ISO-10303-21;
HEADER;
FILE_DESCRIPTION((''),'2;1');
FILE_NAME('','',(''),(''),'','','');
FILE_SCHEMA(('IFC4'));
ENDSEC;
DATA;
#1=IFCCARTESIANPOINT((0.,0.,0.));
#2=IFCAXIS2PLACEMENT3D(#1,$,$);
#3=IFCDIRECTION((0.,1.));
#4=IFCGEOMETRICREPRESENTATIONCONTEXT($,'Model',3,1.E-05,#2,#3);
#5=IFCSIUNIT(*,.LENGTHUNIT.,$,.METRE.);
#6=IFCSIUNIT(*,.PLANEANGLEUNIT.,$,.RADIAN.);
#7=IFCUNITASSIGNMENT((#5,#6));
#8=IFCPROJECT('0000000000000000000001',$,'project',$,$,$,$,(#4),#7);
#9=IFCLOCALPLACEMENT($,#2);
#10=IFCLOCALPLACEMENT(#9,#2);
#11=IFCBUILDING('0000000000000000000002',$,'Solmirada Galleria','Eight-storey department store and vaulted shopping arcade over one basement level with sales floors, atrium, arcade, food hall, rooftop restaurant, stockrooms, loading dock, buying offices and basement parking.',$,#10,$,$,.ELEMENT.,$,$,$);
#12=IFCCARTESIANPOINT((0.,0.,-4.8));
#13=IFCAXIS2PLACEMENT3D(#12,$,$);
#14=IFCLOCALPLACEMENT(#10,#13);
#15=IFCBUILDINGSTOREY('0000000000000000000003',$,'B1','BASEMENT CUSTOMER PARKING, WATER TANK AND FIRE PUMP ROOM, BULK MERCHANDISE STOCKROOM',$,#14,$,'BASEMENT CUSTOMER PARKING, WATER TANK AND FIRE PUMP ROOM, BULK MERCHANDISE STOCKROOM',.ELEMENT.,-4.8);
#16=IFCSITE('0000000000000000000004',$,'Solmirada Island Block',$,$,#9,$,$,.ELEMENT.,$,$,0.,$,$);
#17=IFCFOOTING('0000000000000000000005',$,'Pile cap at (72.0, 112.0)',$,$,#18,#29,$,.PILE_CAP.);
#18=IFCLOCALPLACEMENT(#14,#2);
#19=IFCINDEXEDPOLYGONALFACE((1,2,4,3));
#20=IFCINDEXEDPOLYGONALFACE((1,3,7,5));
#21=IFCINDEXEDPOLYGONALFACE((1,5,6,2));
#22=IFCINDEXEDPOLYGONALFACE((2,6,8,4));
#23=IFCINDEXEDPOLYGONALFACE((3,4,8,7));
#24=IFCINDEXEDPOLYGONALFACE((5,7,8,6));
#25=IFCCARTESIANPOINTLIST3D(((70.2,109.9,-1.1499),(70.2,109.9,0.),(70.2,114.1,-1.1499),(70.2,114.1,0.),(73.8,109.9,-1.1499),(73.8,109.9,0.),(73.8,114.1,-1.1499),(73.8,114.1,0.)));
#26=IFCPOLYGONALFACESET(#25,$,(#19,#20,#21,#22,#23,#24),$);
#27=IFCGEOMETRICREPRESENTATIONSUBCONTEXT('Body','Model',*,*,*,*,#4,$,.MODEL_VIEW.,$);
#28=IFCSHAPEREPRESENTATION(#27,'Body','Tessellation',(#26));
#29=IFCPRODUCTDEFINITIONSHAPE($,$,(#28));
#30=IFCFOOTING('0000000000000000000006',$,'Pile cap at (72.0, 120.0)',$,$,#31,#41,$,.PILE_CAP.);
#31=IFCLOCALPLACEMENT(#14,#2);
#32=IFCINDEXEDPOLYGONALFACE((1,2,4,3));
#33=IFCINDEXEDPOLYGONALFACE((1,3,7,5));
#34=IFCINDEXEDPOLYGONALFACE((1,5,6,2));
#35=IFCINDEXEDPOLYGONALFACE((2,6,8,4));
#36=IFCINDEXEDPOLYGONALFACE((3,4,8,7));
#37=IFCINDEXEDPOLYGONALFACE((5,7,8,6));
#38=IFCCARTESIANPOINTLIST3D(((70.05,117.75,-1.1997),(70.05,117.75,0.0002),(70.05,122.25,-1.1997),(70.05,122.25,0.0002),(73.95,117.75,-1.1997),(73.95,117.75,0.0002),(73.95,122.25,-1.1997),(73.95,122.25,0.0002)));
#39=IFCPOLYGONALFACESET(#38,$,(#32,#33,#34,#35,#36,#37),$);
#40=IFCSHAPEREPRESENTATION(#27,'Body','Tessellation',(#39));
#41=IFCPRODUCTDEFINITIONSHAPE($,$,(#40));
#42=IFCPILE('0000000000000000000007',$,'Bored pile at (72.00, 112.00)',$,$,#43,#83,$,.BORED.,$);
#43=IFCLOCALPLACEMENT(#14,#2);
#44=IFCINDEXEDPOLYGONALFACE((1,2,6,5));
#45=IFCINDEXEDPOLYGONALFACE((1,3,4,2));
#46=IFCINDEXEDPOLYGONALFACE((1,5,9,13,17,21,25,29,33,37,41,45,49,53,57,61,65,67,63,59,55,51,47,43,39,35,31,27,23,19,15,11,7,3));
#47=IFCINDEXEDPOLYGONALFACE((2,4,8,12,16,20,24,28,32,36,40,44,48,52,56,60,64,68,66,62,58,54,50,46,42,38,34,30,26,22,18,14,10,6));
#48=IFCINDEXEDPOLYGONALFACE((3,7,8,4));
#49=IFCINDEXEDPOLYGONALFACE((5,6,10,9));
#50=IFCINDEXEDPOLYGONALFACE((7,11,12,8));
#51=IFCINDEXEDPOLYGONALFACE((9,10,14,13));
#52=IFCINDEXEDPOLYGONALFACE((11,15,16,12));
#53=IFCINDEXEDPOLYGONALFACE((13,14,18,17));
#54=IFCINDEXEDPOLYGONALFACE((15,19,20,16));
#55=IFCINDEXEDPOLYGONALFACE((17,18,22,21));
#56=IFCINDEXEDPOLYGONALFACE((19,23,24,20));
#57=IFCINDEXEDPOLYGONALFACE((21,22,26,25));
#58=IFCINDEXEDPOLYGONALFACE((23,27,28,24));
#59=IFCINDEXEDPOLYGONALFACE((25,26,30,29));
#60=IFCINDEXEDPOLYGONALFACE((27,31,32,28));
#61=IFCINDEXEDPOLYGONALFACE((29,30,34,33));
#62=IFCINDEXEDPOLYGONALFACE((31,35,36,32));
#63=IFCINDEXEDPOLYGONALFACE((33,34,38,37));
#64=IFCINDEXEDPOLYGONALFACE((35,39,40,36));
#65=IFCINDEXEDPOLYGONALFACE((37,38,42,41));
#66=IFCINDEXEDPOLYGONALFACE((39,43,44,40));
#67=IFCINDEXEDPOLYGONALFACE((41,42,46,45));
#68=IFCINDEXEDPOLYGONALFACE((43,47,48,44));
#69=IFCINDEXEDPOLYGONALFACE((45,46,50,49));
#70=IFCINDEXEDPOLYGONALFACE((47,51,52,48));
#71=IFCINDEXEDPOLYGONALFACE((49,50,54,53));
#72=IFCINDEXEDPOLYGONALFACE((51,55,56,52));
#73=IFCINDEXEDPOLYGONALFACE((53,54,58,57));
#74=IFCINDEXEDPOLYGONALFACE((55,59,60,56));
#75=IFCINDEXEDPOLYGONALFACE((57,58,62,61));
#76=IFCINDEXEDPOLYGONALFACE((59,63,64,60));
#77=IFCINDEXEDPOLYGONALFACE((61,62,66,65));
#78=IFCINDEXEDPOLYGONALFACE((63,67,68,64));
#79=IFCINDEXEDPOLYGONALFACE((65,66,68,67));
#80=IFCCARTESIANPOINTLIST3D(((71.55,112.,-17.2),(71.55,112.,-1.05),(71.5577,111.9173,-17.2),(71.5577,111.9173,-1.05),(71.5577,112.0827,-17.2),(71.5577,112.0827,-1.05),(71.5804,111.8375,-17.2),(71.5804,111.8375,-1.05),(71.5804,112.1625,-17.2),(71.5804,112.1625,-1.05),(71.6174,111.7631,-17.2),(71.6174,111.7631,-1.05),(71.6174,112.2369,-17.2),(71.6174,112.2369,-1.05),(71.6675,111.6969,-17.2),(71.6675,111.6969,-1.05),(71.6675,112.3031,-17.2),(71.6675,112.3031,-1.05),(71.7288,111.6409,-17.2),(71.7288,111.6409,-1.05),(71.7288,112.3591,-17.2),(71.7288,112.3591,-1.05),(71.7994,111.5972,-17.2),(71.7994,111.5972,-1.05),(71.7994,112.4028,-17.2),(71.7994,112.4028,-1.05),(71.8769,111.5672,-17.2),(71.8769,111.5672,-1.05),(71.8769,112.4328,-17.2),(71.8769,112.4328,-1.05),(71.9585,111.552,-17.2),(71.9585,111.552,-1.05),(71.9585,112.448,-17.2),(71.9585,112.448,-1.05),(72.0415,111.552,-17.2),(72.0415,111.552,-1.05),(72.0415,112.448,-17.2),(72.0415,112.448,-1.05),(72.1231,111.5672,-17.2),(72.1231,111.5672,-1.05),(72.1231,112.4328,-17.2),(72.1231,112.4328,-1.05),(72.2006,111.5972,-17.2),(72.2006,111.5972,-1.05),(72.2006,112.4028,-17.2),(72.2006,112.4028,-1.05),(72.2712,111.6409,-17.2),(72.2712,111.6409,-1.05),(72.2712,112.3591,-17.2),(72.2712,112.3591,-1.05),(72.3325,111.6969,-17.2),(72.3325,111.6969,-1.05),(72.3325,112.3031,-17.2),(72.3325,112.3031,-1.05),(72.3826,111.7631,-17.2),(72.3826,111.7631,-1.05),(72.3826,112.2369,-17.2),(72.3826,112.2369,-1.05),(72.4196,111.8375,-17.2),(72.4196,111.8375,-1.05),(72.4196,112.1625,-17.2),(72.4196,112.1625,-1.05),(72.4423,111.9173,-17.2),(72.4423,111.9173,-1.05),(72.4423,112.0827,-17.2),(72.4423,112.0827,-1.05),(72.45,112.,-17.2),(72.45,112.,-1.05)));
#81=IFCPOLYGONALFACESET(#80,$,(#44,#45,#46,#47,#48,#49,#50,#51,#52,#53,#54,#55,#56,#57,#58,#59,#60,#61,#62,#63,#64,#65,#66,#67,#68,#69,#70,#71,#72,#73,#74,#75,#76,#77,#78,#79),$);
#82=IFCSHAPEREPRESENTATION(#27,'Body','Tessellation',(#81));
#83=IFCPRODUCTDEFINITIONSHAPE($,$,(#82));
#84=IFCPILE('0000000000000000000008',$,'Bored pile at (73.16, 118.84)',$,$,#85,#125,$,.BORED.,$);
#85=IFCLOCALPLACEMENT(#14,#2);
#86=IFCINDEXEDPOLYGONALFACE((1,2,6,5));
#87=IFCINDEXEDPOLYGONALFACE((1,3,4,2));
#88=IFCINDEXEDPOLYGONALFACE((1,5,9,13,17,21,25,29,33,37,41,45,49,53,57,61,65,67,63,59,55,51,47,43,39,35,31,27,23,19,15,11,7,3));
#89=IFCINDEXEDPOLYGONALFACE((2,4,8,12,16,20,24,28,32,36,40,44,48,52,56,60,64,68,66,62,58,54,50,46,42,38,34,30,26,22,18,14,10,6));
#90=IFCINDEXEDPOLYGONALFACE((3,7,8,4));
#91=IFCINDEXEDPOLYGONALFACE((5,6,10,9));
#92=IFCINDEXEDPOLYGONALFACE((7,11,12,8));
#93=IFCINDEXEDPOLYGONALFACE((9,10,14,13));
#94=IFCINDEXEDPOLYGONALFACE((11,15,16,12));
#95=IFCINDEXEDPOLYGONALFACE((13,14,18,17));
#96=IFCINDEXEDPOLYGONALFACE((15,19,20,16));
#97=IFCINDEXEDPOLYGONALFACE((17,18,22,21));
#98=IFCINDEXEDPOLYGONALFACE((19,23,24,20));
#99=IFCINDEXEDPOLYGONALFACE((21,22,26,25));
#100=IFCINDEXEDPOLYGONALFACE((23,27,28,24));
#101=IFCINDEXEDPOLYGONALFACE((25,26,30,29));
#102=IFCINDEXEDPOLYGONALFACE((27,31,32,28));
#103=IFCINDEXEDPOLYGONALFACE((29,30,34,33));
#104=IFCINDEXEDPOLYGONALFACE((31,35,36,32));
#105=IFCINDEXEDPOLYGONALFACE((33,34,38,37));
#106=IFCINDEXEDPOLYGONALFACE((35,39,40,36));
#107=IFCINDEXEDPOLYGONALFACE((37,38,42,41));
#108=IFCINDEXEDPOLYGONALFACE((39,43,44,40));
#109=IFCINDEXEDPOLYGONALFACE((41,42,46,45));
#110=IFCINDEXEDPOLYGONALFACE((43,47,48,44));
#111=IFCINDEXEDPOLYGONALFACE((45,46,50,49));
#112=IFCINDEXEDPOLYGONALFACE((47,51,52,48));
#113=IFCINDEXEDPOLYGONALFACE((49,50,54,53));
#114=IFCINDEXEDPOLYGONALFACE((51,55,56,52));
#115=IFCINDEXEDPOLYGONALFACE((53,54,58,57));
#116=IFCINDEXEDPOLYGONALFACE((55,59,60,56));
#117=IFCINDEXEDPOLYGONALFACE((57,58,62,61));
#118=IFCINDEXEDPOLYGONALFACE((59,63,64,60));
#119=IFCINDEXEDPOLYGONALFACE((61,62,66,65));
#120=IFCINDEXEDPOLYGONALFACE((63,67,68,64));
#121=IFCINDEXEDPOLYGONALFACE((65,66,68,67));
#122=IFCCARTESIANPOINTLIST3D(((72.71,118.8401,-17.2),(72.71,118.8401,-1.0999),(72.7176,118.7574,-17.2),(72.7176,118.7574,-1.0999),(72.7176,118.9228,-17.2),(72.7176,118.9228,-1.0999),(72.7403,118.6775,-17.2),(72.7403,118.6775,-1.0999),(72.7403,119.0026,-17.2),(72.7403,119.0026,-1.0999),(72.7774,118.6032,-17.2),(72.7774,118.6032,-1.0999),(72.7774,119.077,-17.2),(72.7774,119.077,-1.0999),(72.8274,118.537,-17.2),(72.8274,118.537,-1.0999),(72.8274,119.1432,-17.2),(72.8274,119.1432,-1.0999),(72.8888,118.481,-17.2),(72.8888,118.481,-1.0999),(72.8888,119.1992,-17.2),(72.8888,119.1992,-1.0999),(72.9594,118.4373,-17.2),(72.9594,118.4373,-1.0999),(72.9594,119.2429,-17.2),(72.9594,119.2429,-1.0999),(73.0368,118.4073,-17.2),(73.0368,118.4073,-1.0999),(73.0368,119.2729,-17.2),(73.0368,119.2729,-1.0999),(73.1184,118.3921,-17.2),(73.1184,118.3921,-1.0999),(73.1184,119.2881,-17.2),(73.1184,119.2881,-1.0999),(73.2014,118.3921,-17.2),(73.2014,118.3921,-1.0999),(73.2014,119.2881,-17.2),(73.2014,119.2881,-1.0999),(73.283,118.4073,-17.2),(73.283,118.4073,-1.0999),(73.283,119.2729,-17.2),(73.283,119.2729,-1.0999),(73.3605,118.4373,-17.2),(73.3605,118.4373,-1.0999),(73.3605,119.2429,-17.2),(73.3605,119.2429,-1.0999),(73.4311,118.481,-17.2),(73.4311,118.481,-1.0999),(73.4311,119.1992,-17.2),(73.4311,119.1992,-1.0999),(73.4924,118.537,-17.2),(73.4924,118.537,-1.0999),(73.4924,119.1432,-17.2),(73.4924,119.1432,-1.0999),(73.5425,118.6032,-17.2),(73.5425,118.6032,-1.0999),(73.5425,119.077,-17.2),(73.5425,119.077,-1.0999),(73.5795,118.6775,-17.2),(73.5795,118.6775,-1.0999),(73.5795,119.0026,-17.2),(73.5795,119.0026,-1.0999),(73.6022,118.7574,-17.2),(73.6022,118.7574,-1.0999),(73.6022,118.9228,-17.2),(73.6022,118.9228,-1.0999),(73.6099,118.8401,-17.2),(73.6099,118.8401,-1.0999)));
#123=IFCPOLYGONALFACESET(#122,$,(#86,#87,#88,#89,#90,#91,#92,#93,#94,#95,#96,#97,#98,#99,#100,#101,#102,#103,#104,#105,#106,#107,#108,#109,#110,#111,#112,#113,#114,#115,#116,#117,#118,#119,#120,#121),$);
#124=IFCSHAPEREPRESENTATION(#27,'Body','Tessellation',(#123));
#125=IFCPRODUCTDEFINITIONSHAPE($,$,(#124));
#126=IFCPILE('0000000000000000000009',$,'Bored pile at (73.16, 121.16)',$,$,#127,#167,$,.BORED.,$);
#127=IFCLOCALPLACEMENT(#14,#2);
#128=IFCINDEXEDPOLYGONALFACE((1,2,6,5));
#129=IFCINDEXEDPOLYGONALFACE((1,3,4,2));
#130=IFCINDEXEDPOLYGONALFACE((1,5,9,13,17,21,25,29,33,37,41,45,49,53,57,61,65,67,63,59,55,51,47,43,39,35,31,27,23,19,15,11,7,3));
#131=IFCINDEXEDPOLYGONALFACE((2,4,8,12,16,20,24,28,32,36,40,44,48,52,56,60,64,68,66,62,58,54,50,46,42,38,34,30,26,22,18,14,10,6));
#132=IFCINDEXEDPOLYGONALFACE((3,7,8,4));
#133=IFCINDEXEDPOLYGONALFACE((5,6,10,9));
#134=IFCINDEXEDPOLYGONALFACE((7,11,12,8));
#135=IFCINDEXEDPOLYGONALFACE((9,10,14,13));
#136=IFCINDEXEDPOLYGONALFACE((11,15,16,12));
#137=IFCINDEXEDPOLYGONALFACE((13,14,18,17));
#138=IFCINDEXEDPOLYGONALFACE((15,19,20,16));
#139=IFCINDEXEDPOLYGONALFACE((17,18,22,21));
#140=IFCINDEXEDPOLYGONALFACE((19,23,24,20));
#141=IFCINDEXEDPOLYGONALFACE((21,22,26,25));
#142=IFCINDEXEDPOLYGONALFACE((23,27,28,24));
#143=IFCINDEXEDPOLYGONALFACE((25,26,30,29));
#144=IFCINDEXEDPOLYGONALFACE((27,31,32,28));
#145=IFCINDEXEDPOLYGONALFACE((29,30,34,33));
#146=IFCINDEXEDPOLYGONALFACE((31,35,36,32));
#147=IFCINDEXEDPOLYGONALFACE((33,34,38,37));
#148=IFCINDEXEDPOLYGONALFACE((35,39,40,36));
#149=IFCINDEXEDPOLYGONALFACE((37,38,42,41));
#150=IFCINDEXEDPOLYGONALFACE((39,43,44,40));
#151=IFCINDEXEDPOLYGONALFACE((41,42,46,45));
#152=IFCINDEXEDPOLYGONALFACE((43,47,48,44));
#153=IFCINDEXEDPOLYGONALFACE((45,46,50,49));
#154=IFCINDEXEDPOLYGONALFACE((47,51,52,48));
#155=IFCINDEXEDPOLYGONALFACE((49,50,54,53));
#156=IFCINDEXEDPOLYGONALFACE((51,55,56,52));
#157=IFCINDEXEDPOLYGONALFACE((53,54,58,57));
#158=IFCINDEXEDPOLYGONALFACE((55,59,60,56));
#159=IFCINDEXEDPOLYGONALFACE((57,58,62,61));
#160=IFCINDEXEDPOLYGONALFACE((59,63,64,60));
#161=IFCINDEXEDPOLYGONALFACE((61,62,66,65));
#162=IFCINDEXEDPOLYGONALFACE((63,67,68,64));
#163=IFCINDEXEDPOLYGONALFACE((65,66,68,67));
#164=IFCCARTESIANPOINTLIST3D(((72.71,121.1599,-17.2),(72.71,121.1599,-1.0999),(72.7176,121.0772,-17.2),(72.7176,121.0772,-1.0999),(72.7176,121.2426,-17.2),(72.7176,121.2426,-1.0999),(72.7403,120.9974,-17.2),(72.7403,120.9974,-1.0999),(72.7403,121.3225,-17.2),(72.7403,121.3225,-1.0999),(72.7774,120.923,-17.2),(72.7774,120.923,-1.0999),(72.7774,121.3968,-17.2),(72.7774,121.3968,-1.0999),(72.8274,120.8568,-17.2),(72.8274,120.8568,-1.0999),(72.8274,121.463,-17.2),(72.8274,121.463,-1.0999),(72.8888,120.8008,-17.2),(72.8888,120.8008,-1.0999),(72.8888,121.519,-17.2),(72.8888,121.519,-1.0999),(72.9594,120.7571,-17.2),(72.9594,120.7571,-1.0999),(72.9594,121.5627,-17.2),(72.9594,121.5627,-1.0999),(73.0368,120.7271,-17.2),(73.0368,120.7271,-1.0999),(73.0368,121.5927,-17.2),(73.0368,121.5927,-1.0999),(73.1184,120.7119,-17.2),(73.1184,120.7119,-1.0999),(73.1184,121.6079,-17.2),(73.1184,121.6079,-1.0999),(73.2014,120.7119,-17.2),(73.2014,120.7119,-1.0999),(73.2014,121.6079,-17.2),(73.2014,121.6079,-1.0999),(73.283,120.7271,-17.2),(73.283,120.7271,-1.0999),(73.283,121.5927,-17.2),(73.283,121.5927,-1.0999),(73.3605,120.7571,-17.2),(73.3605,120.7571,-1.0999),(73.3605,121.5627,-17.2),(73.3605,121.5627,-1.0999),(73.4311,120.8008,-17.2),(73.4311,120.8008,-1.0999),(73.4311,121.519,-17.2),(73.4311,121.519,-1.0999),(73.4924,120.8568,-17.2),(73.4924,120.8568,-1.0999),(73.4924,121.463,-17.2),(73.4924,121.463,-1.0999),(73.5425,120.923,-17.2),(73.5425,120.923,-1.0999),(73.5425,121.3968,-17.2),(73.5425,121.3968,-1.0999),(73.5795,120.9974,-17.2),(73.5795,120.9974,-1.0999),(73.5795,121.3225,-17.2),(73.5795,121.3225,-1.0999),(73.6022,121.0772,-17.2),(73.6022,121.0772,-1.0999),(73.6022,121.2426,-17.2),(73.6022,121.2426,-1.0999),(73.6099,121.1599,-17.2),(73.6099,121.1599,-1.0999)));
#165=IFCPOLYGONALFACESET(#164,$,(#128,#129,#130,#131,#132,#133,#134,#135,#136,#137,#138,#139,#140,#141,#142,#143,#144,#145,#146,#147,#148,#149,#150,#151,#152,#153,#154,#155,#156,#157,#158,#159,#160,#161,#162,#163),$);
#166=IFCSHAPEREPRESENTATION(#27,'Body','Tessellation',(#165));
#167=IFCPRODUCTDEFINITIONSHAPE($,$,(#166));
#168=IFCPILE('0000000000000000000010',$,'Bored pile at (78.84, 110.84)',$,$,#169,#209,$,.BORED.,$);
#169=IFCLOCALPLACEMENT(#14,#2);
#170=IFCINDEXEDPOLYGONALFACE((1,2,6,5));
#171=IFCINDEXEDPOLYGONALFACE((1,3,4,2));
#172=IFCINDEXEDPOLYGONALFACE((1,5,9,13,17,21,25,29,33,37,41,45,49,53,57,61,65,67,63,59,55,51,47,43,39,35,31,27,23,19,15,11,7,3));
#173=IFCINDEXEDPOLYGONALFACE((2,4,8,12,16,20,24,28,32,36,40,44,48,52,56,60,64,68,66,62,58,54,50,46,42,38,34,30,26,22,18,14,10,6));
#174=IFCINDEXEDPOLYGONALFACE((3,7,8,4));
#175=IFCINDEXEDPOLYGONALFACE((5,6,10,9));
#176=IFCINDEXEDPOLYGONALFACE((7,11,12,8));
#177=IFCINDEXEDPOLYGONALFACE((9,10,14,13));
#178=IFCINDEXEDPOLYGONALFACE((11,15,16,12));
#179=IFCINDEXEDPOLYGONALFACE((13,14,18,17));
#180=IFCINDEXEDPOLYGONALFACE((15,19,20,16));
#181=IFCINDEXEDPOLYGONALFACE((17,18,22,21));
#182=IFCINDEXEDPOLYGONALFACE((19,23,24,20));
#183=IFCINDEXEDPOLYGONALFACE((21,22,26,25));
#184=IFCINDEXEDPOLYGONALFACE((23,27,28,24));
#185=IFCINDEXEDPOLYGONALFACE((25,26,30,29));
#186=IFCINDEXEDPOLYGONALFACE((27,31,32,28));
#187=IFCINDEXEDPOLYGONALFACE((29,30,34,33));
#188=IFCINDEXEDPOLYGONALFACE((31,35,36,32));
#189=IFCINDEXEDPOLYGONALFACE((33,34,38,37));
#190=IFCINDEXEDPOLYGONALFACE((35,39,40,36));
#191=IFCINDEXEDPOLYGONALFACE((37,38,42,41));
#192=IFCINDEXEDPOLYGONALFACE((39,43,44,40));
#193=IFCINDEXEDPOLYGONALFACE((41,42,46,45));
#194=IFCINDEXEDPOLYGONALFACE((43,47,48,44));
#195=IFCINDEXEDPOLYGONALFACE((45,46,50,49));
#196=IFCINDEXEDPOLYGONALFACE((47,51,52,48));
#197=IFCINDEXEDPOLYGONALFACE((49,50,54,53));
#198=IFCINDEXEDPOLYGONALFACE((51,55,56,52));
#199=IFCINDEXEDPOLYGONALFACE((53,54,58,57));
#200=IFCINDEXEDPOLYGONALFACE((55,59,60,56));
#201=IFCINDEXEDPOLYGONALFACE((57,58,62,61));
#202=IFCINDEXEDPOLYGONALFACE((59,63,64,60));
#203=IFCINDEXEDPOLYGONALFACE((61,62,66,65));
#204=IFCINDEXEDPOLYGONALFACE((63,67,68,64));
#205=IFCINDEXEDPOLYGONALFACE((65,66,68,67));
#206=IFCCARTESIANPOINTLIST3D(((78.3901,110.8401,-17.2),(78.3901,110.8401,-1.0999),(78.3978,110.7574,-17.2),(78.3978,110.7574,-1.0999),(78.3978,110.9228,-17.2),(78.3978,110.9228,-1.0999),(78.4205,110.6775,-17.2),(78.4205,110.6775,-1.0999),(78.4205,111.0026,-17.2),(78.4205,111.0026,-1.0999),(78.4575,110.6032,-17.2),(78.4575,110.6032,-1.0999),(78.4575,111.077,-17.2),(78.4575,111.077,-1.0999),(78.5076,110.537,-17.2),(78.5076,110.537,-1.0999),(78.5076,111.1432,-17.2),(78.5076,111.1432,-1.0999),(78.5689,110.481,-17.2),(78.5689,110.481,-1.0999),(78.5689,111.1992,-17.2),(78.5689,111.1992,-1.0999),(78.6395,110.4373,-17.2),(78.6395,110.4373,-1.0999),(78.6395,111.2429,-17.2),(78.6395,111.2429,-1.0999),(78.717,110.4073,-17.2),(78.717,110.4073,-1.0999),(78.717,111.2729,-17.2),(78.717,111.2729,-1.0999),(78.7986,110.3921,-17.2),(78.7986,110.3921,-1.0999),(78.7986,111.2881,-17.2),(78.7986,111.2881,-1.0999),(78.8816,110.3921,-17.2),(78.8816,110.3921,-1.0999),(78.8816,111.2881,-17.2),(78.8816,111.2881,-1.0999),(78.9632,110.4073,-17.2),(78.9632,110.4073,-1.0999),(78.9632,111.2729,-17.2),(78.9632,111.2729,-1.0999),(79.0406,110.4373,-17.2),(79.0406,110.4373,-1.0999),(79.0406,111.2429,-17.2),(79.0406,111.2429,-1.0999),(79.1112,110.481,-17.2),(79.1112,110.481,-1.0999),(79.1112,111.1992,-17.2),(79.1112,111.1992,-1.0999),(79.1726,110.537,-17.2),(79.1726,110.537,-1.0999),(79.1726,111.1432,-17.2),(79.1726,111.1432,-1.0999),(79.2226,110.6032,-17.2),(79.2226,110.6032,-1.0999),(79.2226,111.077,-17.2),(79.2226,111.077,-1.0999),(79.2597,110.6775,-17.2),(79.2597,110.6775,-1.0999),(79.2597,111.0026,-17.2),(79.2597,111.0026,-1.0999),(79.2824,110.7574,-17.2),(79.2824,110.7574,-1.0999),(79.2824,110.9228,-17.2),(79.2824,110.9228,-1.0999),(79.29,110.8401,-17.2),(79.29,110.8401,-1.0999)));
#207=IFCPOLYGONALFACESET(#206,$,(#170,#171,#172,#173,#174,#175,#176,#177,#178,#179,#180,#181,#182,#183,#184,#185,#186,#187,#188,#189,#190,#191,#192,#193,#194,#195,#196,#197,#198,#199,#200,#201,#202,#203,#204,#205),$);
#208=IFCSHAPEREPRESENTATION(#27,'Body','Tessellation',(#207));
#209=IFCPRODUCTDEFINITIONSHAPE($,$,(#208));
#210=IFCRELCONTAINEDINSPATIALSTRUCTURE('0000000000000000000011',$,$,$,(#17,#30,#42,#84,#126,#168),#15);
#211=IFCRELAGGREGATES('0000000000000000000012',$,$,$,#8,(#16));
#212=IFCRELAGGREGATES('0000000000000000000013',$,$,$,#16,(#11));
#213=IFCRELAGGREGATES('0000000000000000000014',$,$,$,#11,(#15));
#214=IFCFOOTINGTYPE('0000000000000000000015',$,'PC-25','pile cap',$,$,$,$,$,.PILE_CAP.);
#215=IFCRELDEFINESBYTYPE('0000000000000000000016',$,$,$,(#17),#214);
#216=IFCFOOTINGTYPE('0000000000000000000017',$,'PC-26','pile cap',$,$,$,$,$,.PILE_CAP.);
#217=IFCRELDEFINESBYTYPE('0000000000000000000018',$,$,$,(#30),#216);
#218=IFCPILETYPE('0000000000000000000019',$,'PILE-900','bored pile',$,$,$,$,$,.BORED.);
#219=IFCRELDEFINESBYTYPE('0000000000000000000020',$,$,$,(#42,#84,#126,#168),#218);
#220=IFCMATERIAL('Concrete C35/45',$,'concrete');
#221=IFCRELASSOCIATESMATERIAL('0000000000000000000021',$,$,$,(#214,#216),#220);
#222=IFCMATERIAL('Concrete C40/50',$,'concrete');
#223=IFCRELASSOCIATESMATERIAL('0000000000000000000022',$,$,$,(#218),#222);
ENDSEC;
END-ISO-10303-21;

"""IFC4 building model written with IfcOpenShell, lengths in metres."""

from ifc_helpers import new_model, si_unit, direction, frame, origin, origin_2d, place, context, subcontext, project, spatial, rectangle, circle, extrude, material, material_profile, profile_set, type_object, element, save


model = new_model("IFC4")

# Units and contexts
model_context = context("Model", 3, precision=1e-05, world=origin(), true_north=direction((0.0, 1.0)))
body_context = subcontext(model_context, "Body", "Model", "MODEL_VIEW")
ifc_project = project(units=[si_unit("LENGTHUNIT", "METRE"), si_unit("PLANEANGLEUNIT", "RADIAN")], contexts=[model_context])

# Site, building, storey
site_placement = place(None, origin())
site = spatial("IfcSite", under=ifc_project, at=site_placement, Name="Solmirada Island Block", CompositionType="ELEMENT", RefElevation=0.0)
building_placement = place(site_placement, origin())
building = spatial("IfcBuilding", under=site, at=building_placement, Name="Solmirada Galleria", Description="Eight-storey department store and vaulted shopping arcade over one basement level with sales floors, atrium, arcade, food hall, rooftop restaurant, stockrooms, loading dock, buying offices and basement parking.", CompositionType="ELEMENT")
storey_placement = place(building_placement, frame((0.0, 0.0, -4.8)))
storey = spatial("IfcBuildingStorey", under=building, at=storey_placement, Name="B1", Description="BASEMENT CUSTOMER PARKING, WATER TANK AND FIRE PUMP ROOM, BULK MERCHANDISE STOCKROOM", LongName="BASEMENT CUSTOMER PARKING, WATER TANK AND FIRE PUMP ROOM, BULK MERCHANDISE STOCKROOM", CompositionType="ELEMENT", Elevation=-4.8)

# Footings
ifc_material_1 = material(Name="Concrete C35/45", Category="concrete")
footing_type_1 = type_object("IfcFootingType", Name="PC-25", Description="pile cap", PredefinedType="PILE_CAP", material=ifc_material_1)
footing_1_placement = place(storey_placement, frame((72.0, 112.0, -1.1499), z_axis=(0.0, 0.0, 1.0), x_axis=(1.0, 0.0, 0.0)))
element("IfcFooting", 1, at=footing_1_placement, inside=storey, type_object=footing_type_1, Name="Pile cap at (72.0, 112.0)", PredefinedType="PILE_CAP", context=body_context, shape_type="SweptSolid", body=[
    extrude(rectangle(XDim=3.6001, YDim=4.2, at=origin_2d()), origin(), (0.0, 0.0, 1.0), 1.1499),
])
footing_type_2 = type_object("IfcFootingType", Name="PC-26", Description="pile cap", PredefinedType="PILE_CAP", material=ifc_material_1)
footing_2_placement = place(storey_placement, frame((72.0, 120.0, -1.1997), z_axis=(0.0, 0.0, 1.0), x_axis=(1.0, 0.0, 0.0)))
element("IfcFooting", 2, at=footing_2_placement, inside=storey, type_object=footing_type_2, Name="Pile cap at (72.0, 120.0)", PredefinedType="PILE_CAP", context=body_context, shape_type="SweptSolid", body=[
    extrude(rectangle(XDim=3.8999, YDim=4.5, at=origin_2d()), origin(), (0.0, 0.0, 1.0), 1.2),
])

# Piles
ifc_material_2 = material(Name="Concrete C40/50", Category="concrete")
ifc_material_profile_1 = material_profile(ifc_material_2, circle(Radius=0.45, at=origin_2d()), Name="PILE900")
ifc_profile_set_1 = profile_set([ifc_material_profile_1], Name="Concrete C40/50")
pile_type = type_object("IfcPileType", Name="PILE-900", Description="bored pile", PredefinedType="BORED", material=ifc_profile_set_1)
pile_placement = place(storey_placement, frame((72.0, 112.0, -1.05), z_axis=(0.0, 0.0, -1.0), x_axis=(1.0, 0.0, 0.0)))
element("IfcPile", 3, at=pile_placement, inside=storey, type_object=pile_type, Name="Bored pile at (72.00, 112.00)", PredefinedType="BORED", context=body_context, shape_type="SweptSolid", body=[
    extrude(circle(Radius=0.45, at=origin_2d()), origin(), (0.0, 0.0, 1.0), 16.1499),
])
for number, where, z_axis, x_axis, name in (
    (4, (73.1599, 118.8401, -1.0999), (0.0, 0.0, -1.0), (1.0, 0.0, 0.0), "Bored pile at (73.16, 118.84)"),
    (5, (73.1599, 121.1599, -1.0999), (0.0, 0.0, -1.0), (1.0, 0.0, 0.0), "Bored pile at (73.16, 121.16)"),
    (6, (78.8401, 110.8401, -1.0999), (0.0, 0.0, -1.0), (1.0, 0.0, 0.0), "Bored pile at (78.84, 110.84)"),
):
    element("IfcPile", number, at=place(storey_placement, frame(where, z_axis=z_axis, x_axis=x_axis)), inside=storey, type_object=pile_type, Name=name, PredefinedType="BORED", context=body_context, shape_type="SweptSolid", body=[
        extrude(circle(Radius=0.45, at=origin_2d()), origin(), (0.0, 0.0, 1.0), 16.1001),
    ])

save(model, "model.ifc")
